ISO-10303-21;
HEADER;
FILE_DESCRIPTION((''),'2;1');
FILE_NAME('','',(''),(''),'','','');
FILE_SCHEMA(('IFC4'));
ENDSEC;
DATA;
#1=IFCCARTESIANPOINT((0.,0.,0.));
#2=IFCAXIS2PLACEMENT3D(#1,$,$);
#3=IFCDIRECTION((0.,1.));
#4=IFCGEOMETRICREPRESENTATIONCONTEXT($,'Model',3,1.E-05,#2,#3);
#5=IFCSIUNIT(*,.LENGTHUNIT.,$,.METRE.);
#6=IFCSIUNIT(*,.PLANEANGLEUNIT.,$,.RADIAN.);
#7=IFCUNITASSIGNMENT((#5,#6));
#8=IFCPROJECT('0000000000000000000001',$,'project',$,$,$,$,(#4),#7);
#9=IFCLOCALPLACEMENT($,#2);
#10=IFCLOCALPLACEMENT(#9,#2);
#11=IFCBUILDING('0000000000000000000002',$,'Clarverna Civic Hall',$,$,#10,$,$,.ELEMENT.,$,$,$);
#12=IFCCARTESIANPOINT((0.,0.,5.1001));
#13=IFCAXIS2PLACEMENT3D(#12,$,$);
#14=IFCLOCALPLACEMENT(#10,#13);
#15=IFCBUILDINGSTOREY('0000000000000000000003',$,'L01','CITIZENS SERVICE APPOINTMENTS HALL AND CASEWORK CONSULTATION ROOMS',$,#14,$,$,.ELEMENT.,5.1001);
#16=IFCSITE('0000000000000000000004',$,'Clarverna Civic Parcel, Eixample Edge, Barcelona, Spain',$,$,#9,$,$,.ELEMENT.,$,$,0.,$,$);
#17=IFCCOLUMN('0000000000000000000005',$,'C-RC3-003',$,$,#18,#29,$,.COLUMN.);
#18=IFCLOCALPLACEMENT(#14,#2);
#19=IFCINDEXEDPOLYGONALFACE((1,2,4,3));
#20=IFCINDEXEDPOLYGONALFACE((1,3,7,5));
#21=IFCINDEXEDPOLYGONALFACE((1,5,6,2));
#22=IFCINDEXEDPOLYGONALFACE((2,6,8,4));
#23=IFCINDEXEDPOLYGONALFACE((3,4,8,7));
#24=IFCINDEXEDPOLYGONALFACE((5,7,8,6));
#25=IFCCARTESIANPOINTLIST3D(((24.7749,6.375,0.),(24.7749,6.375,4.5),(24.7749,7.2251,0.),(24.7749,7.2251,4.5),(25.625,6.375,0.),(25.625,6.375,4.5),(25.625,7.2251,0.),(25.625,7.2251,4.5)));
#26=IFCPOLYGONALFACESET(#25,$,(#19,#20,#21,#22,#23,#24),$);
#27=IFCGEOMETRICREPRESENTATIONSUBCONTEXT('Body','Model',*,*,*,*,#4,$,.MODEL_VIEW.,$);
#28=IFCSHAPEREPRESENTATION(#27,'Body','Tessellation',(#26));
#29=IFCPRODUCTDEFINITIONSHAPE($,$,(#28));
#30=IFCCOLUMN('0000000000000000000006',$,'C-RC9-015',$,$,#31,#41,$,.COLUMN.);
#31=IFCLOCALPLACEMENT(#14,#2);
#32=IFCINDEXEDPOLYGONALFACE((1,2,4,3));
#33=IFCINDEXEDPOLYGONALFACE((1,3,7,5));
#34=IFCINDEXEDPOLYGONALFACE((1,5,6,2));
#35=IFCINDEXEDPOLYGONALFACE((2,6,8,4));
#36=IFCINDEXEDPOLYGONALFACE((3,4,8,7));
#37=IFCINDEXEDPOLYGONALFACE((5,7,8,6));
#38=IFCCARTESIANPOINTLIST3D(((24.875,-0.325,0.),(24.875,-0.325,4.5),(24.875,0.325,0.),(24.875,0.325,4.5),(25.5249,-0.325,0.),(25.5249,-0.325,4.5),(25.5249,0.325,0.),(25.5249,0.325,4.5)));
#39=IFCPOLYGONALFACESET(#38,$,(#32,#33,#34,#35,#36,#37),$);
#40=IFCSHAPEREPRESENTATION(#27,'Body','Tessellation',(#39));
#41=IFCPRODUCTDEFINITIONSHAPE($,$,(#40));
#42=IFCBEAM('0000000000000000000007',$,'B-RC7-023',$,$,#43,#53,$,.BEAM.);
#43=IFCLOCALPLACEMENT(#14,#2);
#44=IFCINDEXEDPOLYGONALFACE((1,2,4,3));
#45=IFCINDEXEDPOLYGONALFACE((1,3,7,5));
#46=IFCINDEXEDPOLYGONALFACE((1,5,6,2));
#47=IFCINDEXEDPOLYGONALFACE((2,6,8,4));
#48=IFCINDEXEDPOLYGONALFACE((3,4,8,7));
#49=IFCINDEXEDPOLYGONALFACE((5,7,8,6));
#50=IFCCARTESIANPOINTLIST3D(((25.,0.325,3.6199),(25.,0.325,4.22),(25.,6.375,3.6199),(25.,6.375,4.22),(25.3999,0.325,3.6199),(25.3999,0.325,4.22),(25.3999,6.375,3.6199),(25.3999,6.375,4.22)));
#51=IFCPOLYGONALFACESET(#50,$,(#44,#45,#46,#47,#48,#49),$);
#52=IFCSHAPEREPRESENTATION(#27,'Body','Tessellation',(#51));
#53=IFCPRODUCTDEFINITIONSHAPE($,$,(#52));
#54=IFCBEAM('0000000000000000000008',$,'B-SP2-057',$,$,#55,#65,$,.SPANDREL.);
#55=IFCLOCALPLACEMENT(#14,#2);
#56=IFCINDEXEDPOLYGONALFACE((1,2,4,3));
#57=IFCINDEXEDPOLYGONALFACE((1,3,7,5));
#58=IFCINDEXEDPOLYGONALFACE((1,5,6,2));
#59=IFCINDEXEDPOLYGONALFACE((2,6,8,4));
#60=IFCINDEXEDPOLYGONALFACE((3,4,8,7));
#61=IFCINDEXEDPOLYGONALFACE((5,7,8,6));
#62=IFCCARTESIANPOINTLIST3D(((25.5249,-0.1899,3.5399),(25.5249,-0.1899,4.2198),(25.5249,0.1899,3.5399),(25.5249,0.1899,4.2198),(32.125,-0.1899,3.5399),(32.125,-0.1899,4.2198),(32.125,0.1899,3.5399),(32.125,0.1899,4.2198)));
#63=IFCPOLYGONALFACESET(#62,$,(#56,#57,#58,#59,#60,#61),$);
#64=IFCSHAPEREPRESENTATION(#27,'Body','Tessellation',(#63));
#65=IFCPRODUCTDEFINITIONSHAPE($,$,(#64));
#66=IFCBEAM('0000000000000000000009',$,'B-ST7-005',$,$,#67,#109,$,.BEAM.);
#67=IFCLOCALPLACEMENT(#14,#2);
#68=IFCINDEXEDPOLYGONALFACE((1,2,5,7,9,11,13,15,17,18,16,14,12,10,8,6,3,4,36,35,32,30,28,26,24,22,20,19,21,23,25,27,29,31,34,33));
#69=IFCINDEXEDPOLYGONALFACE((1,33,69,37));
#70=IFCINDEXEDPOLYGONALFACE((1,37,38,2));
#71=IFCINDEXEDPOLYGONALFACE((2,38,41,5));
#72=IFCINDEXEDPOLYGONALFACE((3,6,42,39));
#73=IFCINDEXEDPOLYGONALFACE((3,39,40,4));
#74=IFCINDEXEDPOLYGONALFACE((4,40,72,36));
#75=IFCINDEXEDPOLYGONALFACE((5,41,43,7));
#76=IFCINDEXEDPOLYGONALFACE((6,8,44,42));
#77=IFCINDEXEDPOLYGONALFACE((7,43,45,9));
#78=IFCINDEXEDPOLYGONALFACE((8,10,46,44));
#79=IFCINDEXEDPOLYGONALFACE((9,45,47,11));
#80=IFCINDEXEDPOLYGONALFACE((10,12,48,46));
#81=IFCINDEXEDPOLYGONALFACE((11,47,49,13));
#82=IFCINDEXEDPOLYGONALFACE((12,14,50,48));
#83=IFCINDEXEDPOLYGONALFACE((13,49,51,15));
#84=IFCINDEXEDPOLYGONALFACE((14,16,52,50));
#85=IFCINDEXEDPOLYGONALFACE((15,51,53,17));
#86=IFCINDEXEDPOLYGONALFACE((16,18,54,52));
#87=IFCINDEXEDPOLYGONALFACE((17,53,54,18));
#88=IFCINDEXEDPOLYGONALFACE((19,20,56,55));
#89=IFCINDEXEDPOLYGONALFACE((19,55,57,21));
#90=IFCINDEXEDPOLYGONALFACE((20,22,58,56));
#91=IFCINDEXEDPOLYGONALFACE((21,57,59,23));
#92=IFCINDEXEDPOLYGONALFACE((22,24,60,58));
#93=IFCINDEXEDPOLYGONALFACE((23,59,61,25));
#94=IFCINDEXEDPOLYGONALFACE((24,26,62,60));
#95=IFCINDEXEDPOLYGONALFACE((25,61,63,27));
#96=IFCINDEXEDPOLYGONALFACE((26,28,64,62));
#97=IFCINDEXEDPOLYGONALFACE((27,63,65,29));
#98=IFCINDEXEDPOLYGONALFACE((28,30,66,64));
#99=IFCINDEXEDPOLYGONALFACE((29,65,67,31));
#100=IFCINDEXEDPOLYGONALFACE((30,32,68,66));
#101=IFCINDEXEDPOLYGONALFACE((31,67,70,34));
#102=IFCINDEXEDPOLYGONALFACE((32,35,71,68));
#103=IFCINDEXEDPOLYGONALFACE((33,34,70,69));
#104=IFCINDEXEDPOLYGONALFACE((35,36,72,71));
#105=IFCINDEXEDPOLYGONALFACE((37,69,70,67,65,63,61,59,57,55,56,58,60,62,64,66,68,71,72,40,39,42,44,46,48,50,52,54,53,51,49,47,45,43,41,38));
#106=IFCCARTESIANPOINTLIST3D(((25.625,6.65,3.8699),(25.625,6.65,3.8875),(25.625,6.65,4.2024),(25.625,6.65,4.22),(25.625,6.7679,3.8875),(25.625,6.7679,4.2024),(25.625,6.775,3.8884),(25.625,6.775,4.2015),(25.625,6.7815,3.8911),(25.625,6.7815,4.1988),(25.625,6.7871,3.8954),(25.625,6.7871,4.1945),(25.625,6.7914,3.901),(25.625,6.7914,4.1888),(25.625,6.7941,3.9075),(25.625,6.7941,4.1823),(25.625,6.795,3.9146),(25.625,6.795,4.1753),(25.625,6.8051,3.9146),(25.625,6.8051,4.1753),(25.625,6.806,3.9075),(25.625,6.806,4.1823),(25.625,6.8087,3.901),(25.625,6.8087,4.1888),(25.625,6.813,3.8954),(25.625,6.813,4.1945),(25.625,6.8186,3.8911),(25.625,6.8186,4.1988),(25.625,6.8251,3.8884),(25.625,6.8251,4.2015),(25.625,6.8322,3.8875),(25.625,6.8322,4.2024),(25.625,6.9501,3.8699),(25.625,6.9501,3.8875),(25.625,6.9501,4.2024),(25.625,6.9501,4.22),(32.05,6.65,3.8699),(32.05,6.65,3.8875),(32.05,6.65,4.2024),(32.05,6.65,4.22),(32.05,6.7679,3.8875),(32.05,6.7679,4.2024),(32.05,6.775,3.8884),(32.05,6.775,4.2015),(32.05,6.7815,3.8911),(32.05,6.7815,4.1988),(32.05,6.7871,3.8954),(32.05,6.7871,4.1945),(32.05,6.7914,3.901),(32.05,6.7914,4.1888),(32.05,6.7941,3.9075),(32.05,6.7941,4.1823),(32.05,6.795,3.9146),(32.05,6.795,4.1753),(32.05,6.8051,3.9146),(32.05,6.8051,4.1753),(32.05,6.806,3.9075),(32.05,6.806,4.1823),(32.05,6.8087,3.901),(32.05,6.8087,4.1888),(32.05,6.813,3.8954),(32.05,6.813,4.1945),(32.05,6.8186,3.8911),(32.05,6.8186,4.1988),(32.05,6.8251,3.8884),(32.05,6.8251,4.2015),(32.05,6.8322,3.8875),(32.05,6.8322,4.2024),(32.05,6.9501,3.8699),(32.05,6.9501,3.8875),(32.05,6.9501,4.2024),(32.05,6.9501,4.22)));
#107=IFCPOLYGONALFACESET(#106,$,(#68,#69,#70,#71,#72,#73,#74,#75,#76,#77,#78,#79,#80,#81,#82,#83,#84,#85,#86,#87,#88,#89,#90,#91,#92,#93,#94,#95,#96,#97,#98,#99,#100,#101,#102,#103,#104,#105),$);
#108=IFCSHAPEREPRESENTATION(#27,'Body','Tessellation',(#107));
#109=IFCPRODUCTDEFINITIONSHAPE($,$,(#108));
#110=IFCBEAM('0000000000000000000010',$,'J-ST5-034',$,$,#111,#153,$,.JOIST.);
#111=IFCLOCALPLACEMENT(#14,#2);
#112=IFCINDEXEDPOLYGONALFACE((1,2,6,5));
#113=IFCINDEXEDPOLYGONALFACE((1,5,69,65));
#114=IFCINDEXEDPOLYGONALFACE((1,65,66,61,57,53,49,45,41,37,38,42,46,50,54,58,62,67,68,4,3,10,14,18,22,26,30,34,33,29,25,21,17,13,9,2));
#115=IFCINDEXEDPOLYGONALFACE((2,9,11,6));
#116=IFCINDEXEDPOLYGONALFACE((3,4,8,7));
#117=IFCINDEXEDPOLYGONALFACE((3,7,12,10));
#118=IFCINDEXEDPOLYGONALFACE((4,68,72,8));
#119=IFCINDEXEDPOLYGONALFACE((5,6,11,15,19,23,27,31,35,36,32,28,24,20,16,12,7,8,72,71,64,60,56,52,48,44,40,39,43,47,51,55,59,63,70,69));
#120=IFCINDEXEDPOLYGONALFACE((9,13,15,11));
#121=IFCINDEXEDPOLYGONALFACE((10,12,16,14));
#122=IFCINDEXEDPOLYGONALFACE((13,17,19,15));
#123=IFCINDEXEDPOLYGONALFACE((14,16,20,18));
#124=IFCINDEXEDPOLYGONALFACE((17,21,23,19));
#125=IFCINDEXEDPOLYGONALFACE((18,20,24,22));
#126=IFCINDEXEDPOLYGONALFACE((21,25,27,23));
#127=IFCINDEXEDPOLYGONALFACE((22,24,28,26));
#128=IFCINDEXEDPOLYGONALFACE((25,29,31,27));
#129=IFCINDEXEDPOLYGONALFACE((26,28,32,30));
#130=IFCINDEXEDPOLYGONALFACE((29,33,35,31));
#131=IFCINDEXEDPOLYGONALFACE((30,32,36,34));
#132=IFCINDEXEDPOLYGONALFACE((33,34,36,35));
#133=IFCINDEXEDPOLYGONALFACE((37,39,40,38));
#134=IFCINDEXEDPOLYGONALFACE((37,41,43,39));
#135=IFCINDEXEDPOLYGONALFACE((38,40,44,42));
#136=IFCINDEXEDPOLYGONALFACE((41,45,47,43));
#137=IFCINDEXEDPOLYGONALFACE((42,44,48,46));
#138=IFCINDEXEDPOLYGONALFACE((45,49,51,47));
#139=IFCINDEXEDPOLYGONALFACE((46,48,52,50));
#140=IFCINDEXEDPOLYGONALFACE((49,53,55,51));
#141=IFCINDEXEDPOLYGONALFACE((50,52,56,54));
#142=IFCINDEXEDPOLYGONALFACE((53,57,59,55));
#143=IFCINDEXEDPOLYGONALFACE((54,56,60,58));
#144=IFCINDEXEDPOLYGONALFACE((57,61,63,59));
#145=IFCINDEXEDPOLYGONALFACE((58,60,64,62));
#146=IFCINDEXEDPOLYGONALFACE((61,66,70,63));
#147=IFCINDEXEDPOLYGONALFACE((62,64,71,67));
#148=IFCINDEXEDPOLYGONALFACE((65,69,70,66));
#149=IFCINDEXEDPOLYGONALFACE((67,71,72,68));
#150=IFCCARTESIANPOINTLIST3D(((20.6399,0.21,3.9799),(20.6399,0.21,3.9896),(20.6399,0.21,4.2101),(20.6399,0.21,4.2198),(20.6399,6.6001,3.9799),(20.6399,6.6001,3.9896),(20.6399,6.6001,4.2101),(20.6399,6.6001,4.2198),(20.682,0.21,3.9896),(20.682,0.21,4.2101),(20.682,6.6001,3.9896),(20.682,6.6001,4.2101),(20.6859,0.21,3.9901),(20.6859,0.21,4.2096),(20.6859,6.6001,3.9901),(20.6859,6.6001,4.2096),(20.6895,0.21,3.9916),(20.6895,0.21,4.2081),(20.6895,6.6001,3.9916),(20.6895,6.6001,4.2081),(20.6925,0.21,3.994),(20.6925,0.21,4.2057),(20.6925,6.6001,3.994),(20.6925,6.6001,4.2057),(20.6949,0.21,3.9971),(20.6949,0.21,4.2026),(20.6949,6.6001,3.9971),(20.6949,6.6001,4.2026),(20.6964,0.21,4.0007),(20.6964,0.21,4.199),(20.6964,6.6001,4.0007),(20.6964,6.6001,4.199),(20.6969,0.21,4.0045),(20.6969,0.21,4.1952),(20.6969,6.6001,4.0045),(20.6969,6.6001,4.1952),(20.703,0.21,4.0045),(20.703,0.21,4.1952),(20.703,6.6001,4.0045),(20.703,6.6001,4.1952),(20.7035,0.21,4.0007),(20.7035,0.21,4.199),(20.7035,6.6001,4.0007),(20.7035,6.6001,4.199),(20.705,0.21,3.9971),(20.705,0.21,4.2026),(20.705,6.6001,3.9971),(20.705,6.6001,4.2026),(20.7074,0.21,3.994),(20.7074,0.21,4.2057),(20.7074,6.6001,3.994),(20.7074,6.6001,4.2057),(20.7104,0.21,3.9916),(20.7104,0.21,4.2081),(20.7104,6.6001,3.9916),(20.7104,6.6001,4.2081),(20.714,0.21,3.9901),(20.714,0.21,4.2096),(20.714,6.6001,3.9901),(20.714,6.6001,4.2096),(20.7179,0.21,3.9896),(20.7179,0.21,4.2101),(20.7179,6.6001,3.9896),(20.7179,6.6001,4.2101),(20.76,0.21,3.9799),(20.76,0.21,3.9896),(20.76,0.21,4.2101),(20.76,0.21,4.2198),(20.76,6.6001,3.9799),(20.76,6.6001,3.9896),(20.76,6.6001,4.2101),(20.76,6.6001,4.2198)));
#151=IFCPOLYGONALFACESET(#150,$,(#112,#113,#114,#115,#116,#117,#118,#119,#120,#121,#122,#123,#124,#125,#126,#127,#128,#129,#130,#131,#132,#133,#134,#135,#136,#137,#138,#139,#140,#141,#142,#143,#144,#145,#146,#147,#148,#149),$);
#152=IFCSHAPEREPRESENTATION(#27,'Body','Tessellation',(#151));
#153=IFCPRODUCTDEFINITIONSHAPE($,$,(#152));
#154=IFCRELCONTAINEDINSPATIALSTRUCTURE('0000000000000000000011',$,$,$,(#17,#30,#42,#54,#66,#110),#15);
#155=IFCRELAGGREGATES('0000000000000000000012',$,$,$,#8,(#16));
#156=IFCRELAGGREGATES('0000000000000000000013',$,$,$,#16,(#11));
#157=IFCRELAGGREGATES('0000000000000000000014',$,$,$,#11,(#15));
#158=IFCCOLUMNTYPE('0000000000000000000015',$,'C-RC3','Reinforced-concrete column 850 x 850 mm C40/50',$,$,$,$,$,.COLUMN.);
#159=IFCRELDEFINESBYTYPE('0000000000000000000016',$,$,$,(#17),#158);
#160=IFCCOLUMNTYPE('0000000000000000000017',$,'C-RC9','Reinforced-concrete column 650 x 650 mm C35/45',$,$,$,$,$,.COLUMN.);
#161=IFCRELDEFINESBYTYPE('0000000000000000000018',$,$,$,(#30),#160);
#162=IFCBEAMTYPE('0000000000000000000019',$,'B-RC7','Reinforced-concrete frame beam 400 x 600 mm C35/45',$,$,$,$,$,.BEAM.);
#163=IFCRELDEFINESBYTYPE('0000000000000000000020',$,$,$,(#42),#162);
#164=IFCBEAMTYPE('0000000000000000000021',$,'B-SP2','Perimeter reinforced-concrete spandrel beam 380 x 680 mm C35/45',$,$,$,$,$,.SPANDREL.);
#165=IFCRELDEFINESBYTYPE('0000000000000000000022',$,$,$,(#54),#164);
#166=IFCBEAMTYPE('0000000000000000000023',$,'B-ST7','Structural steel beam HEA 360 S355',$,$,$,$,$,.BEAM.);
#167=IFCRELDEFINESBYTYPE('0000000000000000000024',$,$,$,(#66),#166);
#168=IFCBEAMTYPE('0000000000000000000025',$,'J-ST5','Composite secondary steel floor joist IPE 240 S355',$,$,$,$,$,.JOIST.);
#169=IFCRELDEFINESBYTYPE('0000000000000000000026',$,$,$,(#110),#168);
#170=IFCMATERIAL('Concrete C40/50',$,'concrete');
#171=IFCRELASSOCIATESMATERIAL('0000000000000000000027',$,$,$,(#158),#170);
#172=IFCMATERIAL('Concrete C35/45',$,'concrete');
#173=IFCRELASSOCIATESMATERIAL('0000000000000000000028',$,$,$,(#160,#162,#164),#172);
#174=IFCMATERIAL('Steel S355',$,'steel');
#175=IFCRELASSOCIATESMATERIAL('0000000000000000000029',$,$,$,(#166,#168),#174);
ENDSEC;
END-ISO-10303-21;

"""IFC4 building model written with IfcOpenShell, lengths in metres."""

from ifc_helpers import new_model, si_unit, direction, frame, origin, origin_2d, place, context, subcontext, project, spatial, rectangle, i_section, extrude, material, material_profile, profile_set, type_object, element, save


model = new_model("IFC4")

# Units and contexts
model_context = context("Model", 3, precision=1e-05, world=origin(), true_north=direction((0.0, 1.0)))
body_context = subcontext(model_context, "Body", "Model", "MODEL_VIEW")
ifc_project = project(units=[si_unit("LENGTHUNIT", "METRE"), si_unit("PLANEANGLEUNIT", "RADIAN")], contexts=[model_context])

# Site, building, storey
site_placement = place(None, origin())
site = spatial("IfcSite", under=ifc_project, at=site_placement, Name="Clarverna Civic Parcel, Eixample Edge, Barcelona, Spain", CompositionType="ELEMENT", RefElevation=0.0)
building_placement = place(site_placement, origin())
building = spatial("IfcBuilding", under=site, at=building_placement, Name="Clarverna Civic Hall", CompositionType="ELEMENT")
storey_placement = place(building_placement, frame((0.0, 0.0, 5.1001)))
storey = spatial("IfcBuildingStorey", under=building, at=storey_placement, Name="L01", Description="CITIZENS SERVICE APPOINTMENTS HALL AND CASEWORK CONSULTATION ROOMS", CompositionType="ELEMENT", Elevation=5.1001)

# Columns
ifc_material_1 = material(Name="Concrete C40/50", Category="concrete")
ifc_material_profile_1 = material_profile(ifc_material_1, rectangle(XDim=0.8501, YDim=0.8501, at=origin_2d()), Name="RC 850x850")
ifc_profile_set_1 = profile_set([ifc_material_profile_1], Name="Concrete C40/50")
column_type_1 = type_object("IfcColumnType", Name="C-RC3", Description="Reinforced-concrete column 850 x 850 mm C40/50", PredefinedType="COLUMN", material=ifc_profile_set_1)
column_1_placement = place(storey_placement, frame((25.2, 6.8, 0.0), z_axis=(0.0, 0.0, 1.0), x_axis=(1.0, 0.0, 0.0)))
element("IfcColumn", 1, at=column_1_placement, inside=storey, type_object=column_type_1, Name="C-RC3-003", PredefinedType="COLUMN", context=body_context, shape_type="SweptSolid", body=[
    extrude(rectangle(XDim=0.8501, YDim=0.8501, at=origin_2d()), origin(), (0.0, 0.0, 1.0), 4.5),
])
ifc_material_2 = material(Name="Concrete C35/45", Category="concrete")
ifc_material_profile_2 = material_profile(ifc_material_2, rectangle(XDim=0.6499, YDim=0.6499, at=origin_2d()), Name="RC 650x650")
ifc_profile_set_2 = profile_set([ifc_material_profile_2], Name="Concrete C35/45")
column_type_2 = type_object("IfcColumnType", Name="C-RC9", Description="Reinforced-concrete column 650 x 650 mm C35/45", PredefinedType="COLUMN", material=ifc_profile_set_2)
column_2_placement = place(storey_placement, frame((25.2, 0.0, 0.0), z_axis=(0.0, 0.0, 1.0), x_axis=(1.0, 0.0, 0.0)))
element("IfcColumn", 2, at=column_2_placement, inside=storey, type_object=column_type_2, Name="C-RC9-015", PredefinedType="COLUMN", context=body_context, shape_type="SweptSolid", body=[
    extrude(rectangle(XDim=0.6499, YDim=0.6499, at=origin_2d()), origin(), (0.0, 0.0, 1.0), 4.5),
])

# Beams
ifc_material_profile_3 = material_profile(ifc_material_2, rectangle(XDim=0.3999, YDim=0.6001, at=origin_2d()), Name="RC 400x600")
ifc_profile_set_3 = profile_set([ifc_material_profile_3], Name="Concrete C35/45")
beam_type_1 = type_object("IfcBeamType", Name="B-RC7", Description="Reinforced-concrete frame beam 400 x 600 mm C35/45", PredefinedType="BEAM", material=ifc_profile_set_3)
beam_1_placement = place(storey_placement, frame((25.2, 0.325, 3.9199), z_axis=(0.0, 1.0, 0.0), x_axis=(-1.0, 0.0, 0.0)))
element("IfcBeam", 3, at=beam_1_placement, inside=storey, type_object=beam_type_1, Name="B-RC7-023", PredefinedType="BEAM", context=body_context, shape_type="SweptSolid", body=[
    extrude(rectangle(XDim=0.3999, YDim=0.6001, at=origin_2d()), origin(), (0.0, 0.0, 1.0), 6.05),
])
ifc_material_profile_4 = material_profile(ifc_material_2, rectangle(XDim=0.3799, YDim=0.6799, at=origin_2d()), Name="RC 380x680")
ifc_profile_set_4 = profile_set([ifc_material_profile_4], Name="Concrete C35/45")
beam_type_2 = type_object("IfcBeamType", Name="B-SP2", Description="Perimeter reinforced-concrete spandrel beam 380 x 680 mm C35/45", PredefinedType="SPANDREL", material=ifc_profile_set_4)
beam_2_placement = place(storey_placement, frame((25.5249, 0.0, 3.8799), z_axis=(1.0, 0.0, 0.0), x_axis=(0.0, 1.0, 0.0)))
element("IfcBeam", 4, at=beam_2_placement, inside=storey, type_object=beam_type_2, Name="B-SP2-057", PredefinedType="SPANDREL", context=body_context, shape_type="SweptSolid", body=[
    extrude(rectangle(XDim=0.3799, YDim=0.6799, at=origin_2d()), origin(), (0.0, 0.0, 1.0), 6.6001),
])
ifc_material_3 = material(Name="Steel S355", Category="steel")
ifc_material_profile_5 = material_profile(ifc_material_3, i_section(OverallWidth=0.3, OverallDepth=0.3501, WebThickness=0.01, FlangeThickness=0.0176, FilletRadius=0.0271, at=origin_2d()), Name="HEA 360")
ifc_profile_set_5 = profile_set([ifc_material_profile_5], Name="Steel S355")
beam_type_3 = type_object("IfcBeamType", Name="B-ST7", Description="Structural steel beam HEA 360 S355", PredefinedType="BEAM", material=ifc_profile_set_5)
beam_3_placement = place(storey_placement, frame((25.625, 6.8, 4.0449), z_axis=(1.0, 0.0, 0.0), x_axis=(0.0, 1.0, 0.0)))
element("IfcBeam", 5, at=beam_3_placement, inside=storey, type_object=beam_type_3, Name="B-ST7-005", PredefinedType="BEAM", context=body_context, shape_type="SweptSolid", body=[
    extrude(i_section(OverallWidth=0.3, OverallDepth=0.3501, WebThickness=0.01, FlangeThickness=0.0176, FilletRadius=0.0271, at=origin_2d()), origin(), (0.0, 0.0, 1.0), 6.425),
])
ifc_material_profile_6 = material_profile(ifc_material_3, i_section(OverallWidth=0.1201, OverallDepth=0.24, WebThickness=0.0061, FlangeThickness=0.0098, FilletRadius=0.0149, at=origin_2d()), Name="IPE 240")
ifc_profile_set_6 = profile_set([ifc_material_profile_6], Name="Steel S355")
beam_type_4 = type_object("IfcBeamType", Name="J-ST5", Description="Composite secondary steel floor joist IPE 240 S355", PredefinedType="JOIST", material=ifc_profile_set_6)
beam_4_placement = place(storey_placement, frame((20.7, 0.21, 4.0999), z_axis=(0.0, 1.0, 0.0), x_axis=(-1.0, 0.0, 0.0)))
element("IfcBeam", 6, at=beam_4_placement, inside=storey, type_object=beam_type_4, Name="J-ST5-034", PredefinedType="JOIST", context=body_context, shape_type="SweptSolid", body=[
    extrude(i_section(OverallWidth=0.1201, OverallDepth=0.24, WebThickness=0.0061, FlangeThickness=0.0098, FilletRadius=0.0149, at=origin_2d()), origin(), (0.0, 0.0, 1.0), 6.3901),
])

save(model, "model.ifc")
